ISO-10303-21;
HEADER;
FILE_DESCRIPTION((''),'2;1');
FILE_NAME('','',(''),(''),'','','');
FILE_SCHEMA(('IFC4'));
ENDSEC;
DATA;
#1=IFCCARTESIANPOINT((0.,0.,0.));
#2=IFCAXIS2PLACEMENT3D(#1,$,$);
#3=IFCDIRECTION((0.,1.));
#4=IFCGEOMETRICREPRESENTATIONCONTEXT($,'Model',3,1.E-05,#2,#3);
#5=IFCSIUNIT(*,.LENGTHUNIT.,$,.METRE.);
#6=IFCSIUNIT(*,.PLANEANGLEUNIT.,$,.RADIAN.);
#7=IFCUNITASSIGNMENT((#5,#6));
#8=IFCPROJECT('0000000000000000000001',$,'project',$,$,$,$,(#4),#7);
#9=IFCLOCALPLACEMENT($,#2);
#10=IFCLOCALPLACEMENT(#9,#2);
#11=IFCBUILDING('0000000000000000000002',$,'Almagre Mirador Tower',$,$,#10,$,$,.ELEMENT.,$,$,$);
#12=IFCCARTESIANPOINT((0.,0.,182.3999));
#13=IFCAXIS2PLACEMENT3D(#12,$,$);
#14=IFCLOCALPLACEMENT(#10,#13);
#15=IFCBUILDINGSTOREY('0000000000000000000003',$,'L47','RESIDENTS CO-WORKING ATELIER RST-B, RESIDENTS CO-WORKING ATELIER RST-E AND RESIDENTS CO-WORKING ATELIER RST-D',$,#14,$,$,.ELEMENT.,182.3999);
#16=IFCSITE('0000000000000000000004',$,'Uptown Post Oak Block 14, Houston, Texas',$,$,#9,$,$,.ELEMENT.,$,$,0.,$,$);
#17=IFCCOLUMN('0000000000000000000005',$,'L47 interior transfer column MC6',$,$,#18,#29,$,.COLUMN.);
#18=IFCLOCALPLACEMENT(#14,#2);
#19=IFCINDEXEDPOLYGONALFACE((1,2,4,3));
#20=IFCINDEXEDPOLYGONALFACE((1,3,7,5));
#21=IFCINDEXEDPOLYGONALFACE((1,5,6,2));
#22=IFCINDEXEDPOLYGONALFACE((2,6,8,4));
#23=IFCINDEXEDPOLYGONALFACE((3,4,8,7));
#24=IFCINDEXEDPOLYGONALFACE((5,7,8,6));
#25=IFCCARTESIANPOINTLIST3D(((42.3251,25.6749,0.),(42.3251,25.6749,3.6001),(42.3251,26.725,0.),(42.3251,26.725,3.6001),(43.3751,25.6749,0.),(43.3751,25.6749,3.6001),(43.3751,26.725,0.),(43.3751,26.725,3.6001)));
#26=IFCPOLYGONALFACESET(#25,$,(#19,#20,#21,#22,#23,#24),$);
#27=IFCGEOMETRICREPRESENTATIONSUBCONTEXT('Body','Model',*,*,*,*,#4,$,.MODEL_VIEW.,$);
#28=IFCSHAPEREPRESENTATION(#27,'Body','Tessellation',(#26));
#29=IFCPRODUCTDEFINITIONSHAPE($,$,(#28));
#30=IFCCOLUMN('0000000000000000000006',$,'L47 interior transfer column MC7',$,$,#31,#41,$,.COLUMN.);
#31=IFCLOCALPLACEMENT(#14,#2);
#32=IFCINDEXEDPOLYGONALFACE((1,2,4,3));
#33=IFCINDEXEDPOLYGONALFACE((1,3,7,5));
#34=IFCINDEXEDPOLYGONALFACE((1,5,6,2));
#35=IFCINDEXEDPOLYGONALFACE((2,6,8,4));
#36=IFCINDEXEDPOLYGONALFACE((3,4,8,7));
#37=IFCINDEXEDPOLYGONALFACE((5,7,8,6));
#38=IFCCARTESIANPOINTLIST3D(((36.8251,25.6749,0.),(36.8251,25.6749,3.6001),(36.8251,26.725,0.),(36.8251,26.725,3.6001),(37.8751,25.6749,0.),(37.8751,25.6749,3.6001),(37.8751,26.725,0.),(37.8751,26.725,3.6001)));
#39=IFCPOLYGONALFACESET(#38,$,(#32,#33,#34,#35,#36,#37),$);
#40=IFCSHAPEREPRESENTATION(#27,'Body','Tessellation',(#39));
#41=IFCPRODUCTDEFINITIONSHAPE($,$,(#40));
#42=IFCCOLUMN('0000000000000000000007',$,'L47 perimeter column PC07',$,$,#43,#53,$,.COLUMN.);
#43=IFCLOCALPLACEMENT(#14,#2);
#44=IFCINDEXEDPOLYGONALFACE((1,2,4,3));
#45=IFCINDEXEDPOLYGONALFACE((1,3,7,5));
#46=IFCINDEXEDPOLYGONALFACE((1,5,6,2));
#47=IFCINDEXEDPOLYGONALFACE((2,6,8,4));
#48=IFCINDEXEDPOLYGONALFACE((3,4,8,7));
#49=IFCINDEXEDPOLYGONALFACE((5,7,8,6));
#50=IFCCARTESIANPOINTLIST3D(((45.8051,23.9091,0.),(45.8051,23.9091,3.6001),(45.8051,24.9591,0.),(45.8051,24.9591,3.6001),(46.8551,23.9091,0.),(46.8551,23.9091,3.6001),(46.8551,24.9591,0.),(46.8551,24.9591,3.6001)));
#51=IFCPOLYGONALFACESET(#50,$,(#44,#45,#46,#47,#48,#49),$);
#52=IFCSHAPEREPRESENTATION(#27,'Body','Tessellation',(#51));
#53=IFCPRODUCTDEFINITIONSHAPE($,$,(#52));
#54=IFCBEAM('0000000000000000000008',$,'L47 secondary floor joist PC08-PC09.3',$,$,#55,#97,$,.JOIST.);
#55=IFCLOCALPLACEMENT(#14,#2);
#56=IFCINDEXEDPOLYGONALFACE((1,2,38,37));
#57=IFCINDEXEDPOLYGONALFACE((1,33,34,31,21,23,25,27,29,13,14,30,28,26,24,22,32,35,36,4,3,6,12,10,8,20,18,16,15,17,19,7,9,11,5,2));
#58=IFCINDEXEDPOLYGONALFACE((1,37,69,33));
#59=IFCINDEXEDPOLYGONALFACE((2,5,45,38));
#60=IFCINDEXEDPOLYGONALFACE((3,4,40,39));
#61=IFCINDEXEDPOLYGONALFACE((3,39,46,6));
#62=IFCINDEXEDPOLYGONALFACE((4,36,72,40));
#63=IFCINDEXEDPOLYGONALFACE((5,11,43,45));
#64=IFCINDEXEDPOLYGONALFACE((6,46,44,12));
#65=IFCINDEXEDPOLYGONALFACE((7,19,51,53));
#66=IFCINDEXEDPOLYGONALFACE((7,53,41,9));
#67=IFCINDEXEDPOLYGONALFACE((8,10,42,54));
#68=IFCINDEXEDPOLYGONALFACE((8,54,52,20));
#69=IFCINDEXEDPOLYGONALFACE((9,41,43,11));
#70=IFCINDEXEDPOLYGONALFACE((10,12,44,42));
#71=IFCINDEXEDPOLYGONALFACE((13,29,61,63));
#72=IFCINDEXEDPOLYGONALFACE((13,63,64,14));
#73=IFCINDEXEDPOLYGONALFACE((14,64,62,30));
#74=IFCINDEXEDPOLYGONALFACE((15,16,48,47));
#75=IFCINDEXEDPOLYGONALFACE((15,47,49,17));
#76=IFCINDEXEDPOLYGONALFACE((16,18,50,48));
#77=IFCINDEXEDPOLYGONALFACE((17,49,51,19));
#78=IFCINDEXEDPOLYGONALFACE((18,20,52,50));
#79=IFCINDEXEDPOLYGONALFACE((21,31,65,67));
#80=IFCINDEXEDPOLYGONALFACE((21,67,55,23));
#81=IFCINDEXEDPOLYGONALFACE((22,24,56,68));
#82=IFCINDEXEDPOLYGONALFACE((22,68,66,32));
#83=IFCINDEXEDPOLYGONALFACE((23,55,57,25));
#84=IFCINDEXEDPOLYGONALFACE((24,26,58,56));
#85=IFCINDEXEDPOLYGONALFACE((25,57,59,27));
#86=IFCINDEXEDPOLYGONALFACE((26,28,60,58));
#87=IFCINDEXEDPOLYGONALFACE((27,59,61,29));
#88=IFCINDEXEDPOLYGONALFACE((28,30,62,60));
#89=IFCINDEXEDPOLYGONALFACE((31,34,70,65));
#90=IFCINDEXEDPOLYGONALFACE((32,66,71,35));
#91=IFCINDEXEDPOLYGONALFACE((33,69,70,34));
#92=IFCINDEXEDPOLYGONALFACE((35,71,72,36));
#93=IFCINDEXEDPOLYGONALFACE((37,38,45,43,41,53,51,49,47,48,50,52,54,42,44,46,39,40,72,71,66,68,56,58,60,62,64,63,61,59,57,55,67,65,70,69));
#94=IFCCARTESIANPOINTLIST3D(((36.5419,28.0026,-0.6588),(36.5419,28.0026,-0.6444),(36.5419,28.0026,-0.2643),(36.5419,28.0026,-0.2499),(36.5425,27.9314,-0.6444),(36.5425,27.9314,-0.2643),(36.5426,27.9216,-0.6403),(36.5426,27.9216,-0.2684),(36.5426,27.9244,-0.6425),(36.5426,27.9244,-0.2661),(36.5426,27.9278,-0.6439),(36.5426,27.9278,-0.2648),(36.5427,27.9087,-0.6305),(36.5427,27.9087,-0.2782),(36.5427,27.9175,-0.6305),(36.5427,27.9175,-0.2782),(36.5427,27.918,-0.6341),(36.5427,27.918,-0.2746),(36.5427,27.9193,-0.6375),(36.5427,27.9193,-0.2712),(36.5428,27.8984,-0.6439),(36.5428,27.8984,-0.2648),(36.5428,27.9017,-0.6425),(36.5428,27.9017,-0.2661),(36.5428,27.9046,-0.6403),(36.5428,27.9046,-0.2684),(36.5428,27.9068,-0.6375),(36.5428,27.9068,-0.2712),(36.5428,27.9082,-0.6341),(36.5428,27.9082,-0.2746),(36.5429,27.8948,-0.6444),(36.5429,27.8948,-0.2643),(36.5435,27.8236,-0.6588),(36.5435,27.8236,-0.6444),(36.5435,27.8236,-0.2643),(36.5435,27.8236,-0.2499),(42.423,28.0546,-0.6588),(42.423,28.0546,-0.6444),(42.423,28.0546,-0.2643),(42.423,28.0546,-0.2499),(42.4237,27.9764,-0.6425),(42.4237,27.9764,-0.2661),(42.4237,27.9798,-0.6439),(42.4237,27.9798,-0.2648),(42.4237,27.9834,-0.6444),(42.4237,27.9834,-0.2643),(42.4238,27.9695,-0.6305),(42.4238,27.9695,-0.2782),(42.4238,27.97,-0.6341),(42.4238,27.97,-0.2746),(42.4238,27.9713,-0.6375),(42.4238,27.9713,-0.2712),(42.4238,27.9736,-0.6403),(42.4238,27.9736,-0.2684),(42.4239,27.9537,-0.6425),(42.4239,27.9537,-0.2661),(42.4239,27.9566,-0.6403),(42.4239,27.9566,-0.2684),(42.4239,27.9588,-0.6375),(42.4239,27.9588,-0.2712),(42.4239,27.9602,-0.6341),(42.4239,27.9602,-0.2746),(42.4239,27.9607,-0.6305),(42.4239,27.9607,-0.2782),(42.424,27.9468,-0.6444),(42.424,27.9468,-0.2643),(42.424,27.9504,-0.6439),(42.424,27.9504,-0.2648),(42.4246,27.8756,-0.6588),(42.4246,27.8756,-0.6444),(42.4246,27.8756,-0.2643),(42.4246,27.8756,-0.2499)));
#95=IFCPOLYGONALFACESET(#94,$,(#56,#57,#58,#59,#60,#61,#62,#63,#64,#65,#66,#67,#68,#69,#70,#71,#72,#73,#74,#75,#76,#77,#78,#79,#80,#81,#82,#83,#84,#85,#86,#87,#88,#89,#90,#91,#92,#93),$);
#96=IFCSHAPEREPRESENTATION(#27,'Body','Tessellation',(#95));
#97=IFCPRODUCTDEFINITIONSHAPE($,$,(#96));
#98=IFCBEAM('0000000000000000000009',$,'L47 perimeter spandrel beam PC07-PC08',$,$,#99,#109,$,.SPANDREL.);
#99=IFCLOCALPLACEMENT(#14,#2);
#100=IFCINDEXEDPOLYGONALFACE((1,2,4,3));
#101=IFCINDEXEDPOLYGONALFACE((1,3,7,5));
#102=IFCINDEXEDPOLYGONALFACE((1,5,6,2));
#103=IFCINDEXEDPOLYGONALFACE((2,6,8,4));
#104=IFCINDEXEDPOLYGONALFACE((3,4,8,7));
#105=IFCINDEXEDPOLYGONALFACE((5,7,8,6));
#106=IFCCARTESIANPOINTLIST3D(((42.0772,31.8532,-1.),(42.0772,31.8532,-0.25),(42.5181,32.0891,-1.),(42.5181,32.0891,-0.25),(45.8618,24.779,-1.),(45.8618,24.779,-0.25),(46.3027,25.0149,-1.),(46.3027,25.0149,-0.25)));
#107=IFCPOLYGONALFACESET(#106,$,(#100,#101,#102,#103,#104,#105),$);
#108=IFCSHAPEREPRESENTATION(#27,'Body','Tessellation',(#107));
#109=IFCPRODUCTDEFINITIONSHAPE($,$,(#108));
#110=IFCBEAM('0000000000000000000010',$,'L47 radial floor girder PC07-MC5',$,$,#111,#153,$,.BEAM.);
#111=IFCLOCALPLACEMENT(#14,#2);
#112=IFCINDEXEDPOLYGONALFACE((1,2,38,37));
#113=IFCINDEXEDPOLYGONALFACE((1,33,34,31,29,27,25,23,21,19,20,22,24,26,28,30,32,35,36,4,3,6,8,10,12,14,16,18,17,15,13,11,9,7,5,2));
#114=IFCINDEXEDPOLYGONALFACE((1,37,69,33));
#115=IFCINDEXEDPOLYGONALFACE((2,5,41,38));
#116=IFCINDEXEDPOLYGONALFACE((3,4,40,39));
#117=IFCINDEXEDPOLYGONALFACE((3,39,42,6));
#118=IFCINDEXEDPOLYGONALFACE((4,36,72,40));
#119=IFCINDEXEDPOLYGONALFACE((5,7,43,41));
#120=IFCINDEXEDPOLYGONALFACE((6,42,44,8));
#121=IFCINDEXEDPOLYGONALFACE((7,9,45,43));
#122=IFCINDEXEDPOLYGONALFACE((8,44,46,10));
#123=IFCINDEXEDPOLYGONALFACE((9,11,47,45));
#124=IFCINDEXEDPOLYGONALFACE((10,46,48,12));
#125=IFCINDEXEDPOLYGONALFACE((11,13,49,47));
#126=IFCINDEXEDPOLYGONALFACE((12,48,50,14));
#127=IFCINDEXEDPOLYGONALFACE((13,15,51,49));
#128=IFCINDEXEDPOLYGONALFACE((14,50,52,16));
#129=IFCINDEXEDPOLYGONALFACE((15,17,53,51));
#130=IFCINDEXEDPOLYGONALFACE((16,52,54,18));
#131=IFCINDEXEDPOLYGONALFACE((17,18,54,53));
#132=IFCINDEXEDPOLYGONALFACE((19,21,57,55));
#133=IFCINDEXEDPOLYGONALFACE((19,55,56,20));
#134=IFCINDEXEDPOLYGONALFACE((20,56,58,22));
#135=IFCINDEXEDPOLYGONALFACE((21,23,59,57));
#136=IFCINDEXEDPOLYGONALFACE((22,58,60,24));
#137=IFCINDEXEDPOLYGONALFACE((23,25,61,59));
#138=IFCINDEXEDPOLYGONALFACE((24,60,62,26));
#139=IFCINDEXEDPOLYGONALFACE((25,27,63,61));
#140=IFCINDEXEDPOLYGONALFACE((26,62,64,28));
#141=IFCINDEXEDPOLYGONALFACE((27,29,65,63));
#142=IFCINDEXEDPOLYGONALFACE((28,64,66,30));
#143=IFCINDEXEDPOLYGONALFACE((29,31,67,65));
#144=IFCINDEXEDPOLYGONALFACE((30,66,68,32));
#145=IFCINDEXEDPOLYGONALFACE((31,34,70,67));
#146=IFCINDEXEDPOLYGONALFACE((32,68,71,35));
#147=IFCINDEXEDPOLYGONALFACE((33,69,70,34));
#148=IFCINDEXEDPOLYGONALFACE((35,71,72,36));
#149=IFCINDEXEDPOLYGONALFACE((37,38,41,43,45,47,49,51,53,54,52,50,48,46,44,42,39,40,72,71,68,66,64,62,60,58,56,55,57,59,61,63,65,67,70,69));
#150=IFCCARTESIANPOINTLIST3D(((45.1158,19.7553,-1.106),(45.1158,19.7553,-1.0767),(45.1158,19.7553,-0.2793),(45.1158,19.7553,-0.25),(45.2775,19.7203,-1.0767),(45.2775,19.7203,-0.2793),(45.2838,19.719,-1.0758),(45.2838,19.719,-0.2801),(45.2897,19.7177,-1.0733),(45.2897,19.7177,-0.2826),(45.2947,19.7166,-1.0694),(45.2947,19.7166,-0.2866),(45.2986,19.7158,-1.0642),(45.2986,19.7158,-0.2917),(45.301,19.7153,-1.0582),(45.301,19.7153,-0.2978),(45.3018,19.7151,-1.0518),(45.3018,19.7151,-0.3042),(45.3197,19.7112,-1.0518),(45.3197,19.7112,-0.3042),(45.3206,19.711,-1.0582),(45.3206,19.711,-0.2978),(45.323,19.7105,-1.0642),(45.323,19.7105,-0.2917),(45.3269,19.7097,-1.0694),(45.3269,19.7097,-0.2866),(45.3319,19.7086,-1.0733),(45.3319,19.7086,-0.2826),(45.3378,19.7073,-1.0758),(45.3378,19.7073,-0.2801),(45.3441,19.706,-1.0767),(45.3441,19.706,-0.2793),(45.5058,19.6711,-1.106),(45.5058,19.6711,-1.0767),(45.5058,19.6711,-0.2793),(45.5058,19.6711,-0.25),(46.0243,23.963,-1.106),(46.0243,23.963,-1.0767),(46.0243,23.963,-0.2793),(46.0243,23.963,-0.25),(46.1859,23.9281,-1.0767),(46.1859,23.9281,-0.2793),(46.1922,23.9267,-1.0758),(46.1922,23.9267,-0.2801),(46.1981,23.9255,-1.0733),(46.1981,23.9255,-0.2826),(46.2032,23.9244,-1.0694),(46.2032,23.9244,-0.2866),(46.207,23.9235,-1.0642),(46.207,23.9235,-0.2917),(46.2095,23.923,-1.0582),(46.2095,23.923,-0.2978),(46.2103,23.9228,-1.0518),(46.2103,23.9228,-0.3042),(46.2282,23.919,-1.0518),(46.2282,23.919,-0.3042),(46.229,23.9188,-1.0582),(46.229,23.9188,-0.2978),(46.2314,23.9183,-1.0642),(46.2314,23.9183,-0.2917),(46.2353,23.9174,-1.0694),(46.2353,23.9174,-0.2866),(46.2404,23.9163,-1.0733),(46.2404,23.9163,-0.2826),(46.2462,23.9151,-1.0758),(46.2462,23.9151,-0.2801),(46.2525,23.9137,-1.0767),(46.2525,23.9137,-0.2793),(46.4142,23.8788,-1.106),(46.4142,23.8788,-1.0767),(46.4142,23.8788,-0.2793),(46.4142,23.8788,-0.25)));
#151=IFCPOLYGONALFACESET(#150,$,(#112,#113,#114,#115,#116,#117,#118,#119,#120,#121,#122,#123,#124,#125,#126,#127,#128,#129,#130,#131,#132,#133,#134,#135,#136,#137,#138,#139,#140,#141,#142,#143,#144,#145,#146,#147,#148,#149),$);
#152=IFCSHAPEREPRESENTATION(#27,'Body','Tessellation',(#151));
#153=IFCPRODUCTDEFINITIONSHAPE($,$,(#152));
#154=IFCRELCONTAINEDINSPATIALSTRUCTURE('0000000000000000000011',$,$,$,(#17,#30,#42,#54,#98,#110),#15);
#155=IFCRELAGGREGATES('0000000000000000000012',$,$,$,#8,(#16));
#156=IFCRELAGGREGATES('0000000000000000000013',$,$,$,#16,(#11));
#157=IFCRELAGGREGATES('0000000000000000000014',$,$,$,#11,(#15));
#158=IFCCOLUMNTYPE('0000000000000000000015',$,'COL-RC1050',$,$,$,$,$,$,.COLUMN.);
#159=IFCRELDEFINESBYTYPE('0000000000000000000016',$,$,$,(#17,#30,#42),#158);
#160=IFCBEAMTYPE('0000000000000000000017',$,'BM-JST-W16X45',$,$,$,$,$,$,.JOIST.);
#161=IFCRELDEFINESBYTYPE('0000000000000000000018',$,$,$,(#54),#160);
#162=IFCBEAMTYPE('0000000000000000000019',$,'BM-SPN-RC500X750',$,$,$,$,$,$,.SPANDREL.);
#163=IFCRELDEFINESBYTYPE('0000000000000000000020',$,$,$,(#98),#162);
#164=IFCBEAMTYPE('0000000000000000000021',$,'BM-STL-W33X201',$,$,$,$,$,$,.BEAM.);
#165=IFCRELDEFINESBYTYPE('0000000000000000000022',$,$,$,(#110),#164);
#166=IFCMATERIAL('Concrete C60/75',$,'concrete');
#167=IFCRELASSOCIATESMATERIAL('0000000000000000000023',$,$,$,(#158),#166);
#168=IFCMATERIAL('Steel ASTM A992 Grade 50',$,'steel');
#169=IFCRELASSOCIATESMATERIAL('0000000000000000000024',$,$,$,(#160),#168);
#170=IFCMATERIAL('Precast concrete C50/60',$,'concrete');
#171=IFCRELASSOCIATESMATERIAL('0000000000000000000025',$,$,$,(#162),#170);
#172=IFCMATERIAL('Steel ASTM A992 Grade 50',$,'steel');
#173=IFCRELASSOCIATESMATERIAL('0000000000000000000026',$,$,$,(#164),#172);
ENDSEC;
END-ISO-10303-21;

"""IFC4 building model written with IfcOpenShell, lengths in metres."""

from ifc_helpers import new_model, si_unit, direction, frame, origin, origin_2d, place, context, subcontext, project, spatial, rectangle, i_section, extrude, material, material_profile, profile_set, type_object, element, save


model = new_model("IFC4")

# Units and contexts
model_context = context("Model", 3, precision=1e-05, world=origin(), true_north=direction((0.0, 1.0)))
body_context = subcontext(model_context, "Body", "Model", "MODEL_VIEW")
ifc_project = project(units=[si_unit("LENGTHUNIT", "METRE"), si_unit("PLANEANGLEUNIT", "RADIAN")], contexts=[model_context])

# Site, building, storey
site_placement = place(None, origin())
site = spatial("IfcSite", under=ifc_project, at=site_placement, Name="Uptown Post Oak Block 14, Houston, Texas", CompositionType="ELEMENT", RefElevation=0.0)
building_placement = place(site_placement, origin())
building = spatial("IfcBuilding", under=site, at=building_placement, Name="Almagre Mirador Tower", CompositionType="ELEMENT")
storey_placement = place(building_placement, frame((0.0, 0.0, 182.3999)))
storey = spatial("IfcBuildingStorey", under=building, at=storey_placement, Name="L47", Description="RESIDENTS CO-WORKING ATELIER RST-B, RESIDENTS CO-WORKING ATELIER RST-E AND RESIDENTS CO-WORKING ATELIER RST-D", CompositionType="ELEMENT", Elevation=182.3999)

# Columns
ifc_material_1 = material(Name="Concrete C60/75", Category="concrete")
ifc_material_profile_1 = material_profile(ifc_material_1, rectangle(XDim=1.05, YDim=1.05, at=origin_2d()), Name="RC1050X1050")
ifc_profile_set_1 = profile_set([ifc_material_profile_1], Name="Concrete C60/75")
column_type = type_object("IfcColumnType", Name="COL-RC1050", PredefinedType="COLUMN", material=ifc_profile_set_1)
for number, where, z_axis, x_axis, name in (
    (1, (42.8501, 26.2, 0.0), (0.0, 0.0, 1.0), (1.0, 0.0, 0.0), "L47 interior transfer column MC6"),
    (2, (37.3501, 26.2, 0.0), (0.0, 0.0, 1.0), (1.0, 0.0, 0.0), "L47 interior transfer column MC7"),
    (3, (46.3301, 24.4341, 0.0), (0.0, 0.0, 1.0), (1.0, 0.0, 0.0), "L47 perimeter column PC07"),
):
    element("IfcColumn", number, at=place(storey_placement, frame(where, z_axis=z_axis, x_axis=x_axis)), inside=storey, type_object=column_type, Name=name, PredefinedType="COLUMN", context=body_context, shape_type="SweptSolid", body=[
        extrude(rectangle(XDim=1.05, YDim=1.05, at=origin_2d()), origin(), (0.0, 0.0, 1.0), 3.6001),
    ])

# Beams
ifc_material_2 = material(Name="Steel ASTM A992 Grade 50", Category="steel")
ifc_material_profile_2 = material_profile(ifc_material_2, i_section(OverallWidth=0.179, OverallDepth=0.4089, WebThickness=0.0088, FlangeThickness=0.0144, FilletRadius=0.0139, at=origin_2d()), Name="W16X45")
ifc_profile_set_2 = profile_set([ifc_material_profile_2], Name="Steel ASTM A992 Grade 50")
beam_type_1 = type_object("IfcBeamType", Name="BM-JST-W16X45", PredefinedType="JOIST", material=ifc_profile_set_2)
beam_1_placement = place(storey_placement, frame((42.4238, 27.9651, -0.4543), z_axis=(-0.999961, -0.008842, 0.0), x_axis=(0.008842, -0.999961, 0.0)))
element("IfcBeam", 4, at=beam_1_placement, inside=storey, type_object=beam_type_1, Name="L47 secondary floor joist PC08-PC09.3", PredefinedType="JOIST", context=body_context, shape_type="SweptSolid", body=[
    extrude(i_section(OverallWidth=0.179, OverallDepth=0.4089, WebThickness=0.0088, FlangeThickness=0.0144, FilletRadius=0.0139, at=origin_2d()), origin(), (0.0, 0.0, 1.0), 5.8813),
])
ifc_material_3 = material(Name="Precast concrete C50/60", Category="concrete")
ifc_material_profile_3 = material_profile(ifc_material_3, rectangle(XDim=0.5, YDim=0.75, at=origin_2d()), Name="RC500X750")
ifc_profile_set_3 = profile_set([ifc_material_profile_3], Name="Precast concrete C50/60")
beam_type_2 = type_object("IfcBeamType", Name="BM-SPN-RC500X750", PredefinedType="SPANDREL", material=ifc_profile_set_3)
beam_2_placement = place(storey_placement, frame((46.0823, 24.897, -0.625), z_axis=(-0.471728, 0.881744, 0.0), x_axis=(-0.881744, -0.471728, 0.0)))
element("IfcBeam", 5, at=beam_2_placement, inside=storey, type_object=beam_type_2, Name="L47 perimeter spandrel beam PC07-PC08", PredefinedType="SPANDREL", context=body_context, shape_type="SweptSolid", body=[
    extrude(rectangle(XDim=0.5, YDim=0.75, at=origin_2d()), origin(), (0.0, 0.0, 1.0), 8.0229),
])
ifc_material_4 = material(Name="Steel ASTM A992 Grade 50", Category="steel")
ifc_material_profile_4 = material_profile(ifc_material_4, i_section(OverallWidth=0.3989, OverallDepth=0.856, WebThickness=0.0183, FlangeThickness=0.0293, FilletRadius=0.0249, at=origin_2d()), Name="W33X201")
ifc_profile_set_4 = profile_set([ifc_material_profile_4], Name="Steel ASTM A992 Grade 50")
beam_type_3 = type_object("IfcBeamType", Name="BM-STL-W33X201", PredefinedType="BEAM", material=ifc_profile_set_4)
beam_3_placement = place(storey_placement, frame((46.2192, 23.9209, -0.678), z_axis=(-0.211036, -0.977478, 0.0), x_axis=(0.977478, -0.211036, 0.0)))
element("IfcBeam", 6, at=beam_3_placement, inside=storey, type_object=beam_type_3, Name="L47 radial floor girder PC07-MC5", PredefinedType="BEAM", context=body_context, shape_type="SweptSolid", body=[
    extrude(i_section(OverallWidth=0.3989, OverallDepth=0.856, WebThickness=0.0183, FlangeThickness=0.0293, FilletRadius=0.0249, at=origin_2d()), origin(), (0.0, 0.0, 1.0), 4.3047),
])

save(model, "model.ifc")
